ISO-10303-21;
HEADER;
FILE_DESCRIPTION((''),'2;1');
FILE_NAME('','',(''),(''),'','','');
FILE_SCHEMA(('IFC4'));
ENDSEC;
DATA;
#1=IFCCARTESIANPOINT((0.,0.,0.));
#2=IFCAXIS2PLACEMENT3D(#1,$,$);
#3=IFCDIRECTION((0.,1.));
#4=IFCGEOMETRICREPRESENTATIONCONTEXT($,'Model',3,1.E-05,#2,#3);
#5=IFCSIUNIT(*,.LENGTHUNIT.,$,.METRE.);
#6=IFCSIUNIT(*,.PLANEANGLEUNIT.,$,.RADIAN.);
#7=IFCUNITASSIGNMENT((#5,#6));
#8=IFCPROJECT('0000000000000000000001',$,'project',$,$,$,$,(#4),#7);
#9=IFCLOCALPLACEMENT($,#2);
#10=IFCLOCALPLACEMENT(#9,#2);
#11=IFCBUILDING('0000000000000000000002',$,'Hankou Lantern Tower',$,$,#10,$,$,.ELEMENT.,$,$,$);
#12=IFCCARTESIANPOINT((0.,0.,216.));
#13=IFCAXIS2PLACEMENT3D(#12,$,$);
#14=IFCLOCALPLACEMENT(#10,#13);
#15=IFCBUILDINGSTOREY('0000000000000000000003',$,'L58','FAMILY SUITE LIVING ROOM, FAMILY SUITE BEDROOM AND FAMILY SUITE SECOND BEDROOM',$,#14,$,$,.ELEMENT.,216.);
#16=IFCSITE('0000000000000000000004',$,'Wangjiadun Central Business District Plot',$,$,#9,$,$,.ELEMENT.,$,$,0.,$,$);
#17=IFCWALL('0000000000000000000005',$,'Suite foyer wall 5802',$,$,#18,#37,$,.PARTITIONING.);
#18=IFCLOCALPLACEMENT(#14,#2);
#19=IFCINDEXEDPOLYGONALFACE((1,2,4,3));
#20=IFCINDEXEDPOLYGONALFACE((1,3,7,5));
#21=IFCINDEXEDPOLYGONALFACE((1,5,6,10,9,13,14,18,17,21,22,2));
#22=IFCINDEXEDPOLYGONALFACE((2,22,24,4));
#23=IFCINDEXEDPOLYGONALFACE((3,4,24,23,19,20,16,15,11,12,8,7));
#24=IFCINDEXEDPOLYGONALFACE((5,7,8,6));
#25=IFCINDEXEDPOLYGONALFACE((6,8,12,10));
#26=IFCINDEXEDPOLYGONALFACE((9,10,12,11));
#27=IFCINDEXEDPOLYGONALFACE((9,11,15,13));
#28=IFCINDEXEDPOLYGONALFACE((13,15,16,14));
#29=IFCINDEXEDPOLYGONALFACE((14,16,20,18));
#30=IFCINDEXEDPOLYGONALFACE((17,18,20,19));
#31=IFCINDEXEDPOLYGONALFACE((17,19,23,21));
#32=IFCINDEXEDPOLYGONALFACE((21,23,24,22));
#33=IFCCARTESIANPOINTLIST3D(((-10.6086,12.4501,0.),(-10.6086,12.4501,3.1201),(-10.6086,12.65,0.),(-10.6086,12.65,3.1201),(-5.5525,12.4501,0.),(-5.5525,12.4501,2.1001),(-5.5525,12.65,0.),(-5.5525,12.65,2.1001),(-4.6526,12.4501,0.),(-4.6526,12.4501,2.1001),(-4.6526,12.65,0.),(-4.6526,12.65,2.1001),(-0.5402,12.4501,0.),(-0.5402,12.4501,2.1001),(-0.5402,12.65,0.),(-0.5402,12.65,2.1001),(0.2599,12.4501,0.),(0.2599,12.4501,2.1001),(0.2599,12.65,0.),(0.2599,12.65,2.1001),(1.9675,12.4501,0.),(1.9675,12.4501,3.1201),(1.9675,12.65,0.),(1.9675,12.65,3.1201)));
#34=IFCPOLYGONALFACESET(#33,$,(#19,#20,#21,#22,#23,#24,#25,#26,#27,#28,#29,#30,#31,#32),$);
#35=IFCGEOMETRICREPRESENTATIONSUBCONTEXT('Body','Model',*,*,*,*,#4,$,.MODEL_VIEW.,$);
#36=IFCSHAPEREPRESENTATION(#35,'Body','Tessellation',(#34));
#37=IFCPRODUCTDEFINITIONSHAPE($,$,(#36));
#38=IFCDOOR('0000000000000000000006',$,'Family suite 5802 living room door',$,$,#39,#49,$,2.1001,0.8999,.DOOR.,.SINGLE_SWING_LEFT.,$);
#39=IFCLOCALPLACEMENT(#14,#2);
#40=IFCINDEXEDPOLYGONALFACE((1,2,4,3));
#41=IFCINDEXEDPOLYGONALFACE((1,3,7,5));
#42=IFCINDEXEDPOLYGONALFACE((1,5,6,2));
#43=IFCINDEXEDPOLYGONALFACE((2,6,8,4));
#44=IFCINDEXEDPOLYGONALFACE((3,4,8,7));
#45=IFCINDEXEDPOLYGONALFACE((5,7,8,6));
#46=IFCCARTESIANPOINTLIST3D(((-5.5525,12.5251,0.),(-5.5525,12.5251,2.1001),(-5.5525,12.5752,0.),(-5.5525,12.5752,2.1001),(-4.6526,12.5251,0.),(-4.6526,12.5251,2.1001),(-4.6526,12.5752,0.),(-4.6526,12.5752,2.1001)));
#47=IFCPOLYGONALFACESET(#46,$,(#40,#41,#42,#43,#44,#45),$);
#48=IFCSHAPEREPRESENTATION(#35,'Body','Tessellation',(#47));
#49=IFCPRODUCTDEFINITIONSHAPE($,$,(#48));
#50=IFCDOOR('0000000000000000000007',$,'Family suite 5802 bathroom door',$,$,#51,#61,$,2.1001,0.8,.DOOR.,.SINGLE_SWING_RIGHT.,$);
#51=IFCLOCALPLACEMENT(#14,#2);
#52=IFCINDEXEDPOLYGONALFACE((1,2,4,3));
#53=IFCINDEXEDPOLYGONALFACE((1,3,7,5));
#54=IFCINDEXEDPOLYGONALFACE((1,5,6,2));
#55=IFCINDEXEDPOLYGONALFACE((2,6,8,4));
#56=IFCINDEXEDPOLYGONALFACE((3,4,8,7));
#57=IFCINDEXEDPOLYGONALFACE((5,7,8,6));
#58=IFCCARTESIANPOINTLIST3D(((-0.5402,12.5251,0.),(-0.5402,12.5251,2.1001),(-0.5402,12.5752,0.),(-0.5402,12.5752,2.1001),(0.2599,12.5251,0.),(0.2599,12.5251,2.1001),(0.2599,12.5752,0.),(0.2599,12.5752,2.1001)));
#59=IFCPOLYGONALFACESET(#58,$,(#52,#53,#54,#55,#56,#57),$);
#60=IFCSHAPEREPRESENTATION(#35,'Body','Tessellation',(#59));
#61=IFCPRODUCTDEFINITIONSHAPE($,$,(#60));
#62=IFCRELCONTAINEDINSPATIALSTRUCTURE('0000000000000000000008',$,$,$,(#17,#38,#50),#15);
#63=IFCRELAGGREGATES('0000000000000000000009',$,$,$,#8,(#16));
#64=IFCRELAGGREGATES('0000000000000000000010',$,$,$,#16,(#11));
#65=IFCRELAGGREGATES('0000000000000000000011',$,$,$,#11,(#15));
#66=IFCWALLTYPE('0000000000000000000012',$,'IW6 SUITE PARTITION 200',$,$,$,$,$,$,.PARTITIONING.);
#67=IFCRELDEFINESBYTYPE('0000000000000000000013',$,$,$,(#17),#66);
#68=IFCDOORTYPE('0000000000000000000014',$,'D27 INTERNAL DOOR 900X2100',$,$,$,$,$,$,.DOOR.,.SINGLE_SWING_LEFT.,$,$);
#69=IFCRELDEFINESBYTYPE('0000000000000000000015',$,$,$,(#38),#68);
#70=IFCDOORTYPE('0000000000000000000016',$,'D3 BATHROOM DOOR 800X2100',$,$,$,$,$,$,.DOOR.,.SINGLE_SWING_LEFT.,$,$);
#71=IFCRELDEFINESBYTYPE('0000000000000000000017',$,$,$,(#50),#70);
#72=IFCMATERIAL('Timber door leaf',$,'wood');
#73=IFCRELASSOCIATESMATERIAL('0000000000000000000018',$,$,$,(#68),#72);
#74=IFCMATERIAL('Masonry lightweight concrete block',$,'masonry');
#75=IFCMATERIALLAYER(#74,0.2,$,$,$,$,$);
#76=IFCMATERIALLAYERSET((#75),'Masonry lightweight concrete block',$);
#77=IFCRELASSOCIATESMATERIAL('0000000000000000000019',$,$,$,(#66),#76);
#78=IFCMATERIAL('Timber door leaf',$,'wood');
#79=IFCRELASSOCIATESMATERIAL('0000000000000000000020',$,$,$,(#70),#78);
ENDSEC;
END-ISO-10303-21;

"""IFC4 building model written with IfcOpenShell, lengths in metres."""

from ifc_helpers import new_model, si_unit, direction, frame, frame_2d, origin, place, context, subcontext, project, spatial, rectangle, extrude, material, layer, layer_set, type_object, element, fill, save


model = new_model("IFC4")

# Units and contexts
model_context = context("Model", 3, precision=1e-05, world=origin(), true_north=direction((0.0, 1.0)))
body_context = subcontext(model_context, "Body", "Model", "MODEL_VIEW")
ifc_project = project(units=[si_unit("LENGTHUNIT", "METRE"), si_unit("PLANEANGLEUNIT", "RADIAN")], contexts=[model_context])

# Site, building, storey
site_placement = place(None, origin())
site = spatial("IfcSite", under=ifc_project, at=site_placement, Name="Wangjiadun Central Business District Plot", CompositionType="ELEMENT", RefElevation=0.0)
building_placement = place(site_placement, origin())
building = spatial("IfcBuilding", under=site, at=building_placement, Name="Hankou Lantern Tower", CompositionType="ELEMENT")
storey_placement = place(building_placement, frame((0.0, 0.0, 216.0)))
storey = spatial("IfcBuildingStorey", under=building, at=storey_placement, Name="L58", Description="FAMILY SUITE LIVING ROOM, FAMILY SUITE BEDROOM AND FAMILY SUITE SECOND BEDROOM", CompositionType="ELEMENT", Elevation=216.0)

# Shared definitions
ifc_material_1 = material(Name="Timber door leaf", Category="wood")
door_type_1 = type_object("IfcDoorType", Name="D27 INTERNAL DOOR 900X2100", OperationType="SINGLE_SWING_LEFT", PredefinedType="DOOR", material=ifc_material_1)
ifc_material_2 = material(Name="Masonry lightweight concrete block", Category="masonry")
ifc_layer_1 = layer(ifc_material_2, 0.2)
ifc_layer_set_1 = layer_set([ifc_layer_1], Name="Masonry lightweight concrete block")
wall_type_1 = type_object("IfcWallType", Name="IW6 SUITE PARTITION 200", PredefinedType="PARTITIONING", material=ifc_layer_set_1)

# Wall, openings, doors
wall_1_placement = place(storey_placement, frame((1.9675, 12.55, 0.0), z_axis=(0.0, 0.0, 1.0), x_axis=(-1.0, 0.0, 0.0)))
wall_1 = element("IfcWall", 1, at=wall_1_placement, inside=storey, type_object=wall_type_1, Name="Suite foyer wall 5802", PredefinedType="PARTITIONING", context=body_context, shape_type="SweptSolid", body=[
    extrude(rectangle(XDim=12.5762, YDim=0.2, at=frame_2d((6.2881, 0.0))), origin(), (0.0, 0.0, 1.0), 3.1201),
])
opening_1_placement = place(wall_1_placement, frame((1.7078, 0.0, 0.0)))
opening_1 = element("IfcOpeningElement", 2, at=opening_1_placement, cuts=wall_1, PredefinedType="OPENING", context=body_context, shape_type="SweptSolid", body=[
    extrude(rectangle(XDim=0.8, YDim=2.1001, at=frame_2d((0.3999, 1.05))), frame((0.0, 0.1099, 0.0), z_axis=(0.0, -1.0, 0.0), x_axis=(1.0, 0.0, 0.0)), (0.0, 0.0, 1.0), 0.22),
])
opening_2_placement = place(wall_1_placement, frame((6.6201, 0.0, 0.0)))
opening_2 = element("IfcOpeningElement", 3, at=opening_2_placement, cuts=wall_1, PredefinedType="OPENING", context=body_context, shape_type="SweptSolid", body=[
    extrude(rectangle(XDim=0.8999, YDim=2.1001, at=frame_2d((0.45, 1.05))), frame((0.0, 0.1099, 0.0), z_axis=(0.0, -1.0, 0.0), x_axis=(1.0, 0.0, 0.0)), (0.0, 0.0, 1.0), 0.22),
])
door_1_placement = place(opening_2_placement, origin())
door_1 = element("IfcDoor", 4, at=door_1_placement, inside=storey, type_object=door_type_1, Name="Family suite 5802 living room door", OperationType="SINGLE_SWING_LEFT", OverallHeight=2.1001, OverallWidth=0.8999, PredefinedType="DOOR", context=body_context, shape_type="SweptSolid", body=[
    extrude(rectangle(XDim=0.8999, YDim=2.1001, at=frame_2d((0.45, 1.05))), frame((0.0, 0.0249, 0.0), z_axis=(0.0, -1.0, 0.0), x_axis=(1.0, 0.0, 0.0)), (0.0, 0.0, 1.0), 0.05),
])
fill(opening_2, door_1)
ifc_material_3 = material(Name="Timber door leaf", Category="wood")
door_type_2 = type_object("IfcDoorType", Name="D3 BATHROOM DOOR 800X2100", OperationType="SINGLE_SWING_LEFT", PredefinedType="DOOR", material=ifc_material_3)
door_2_placement = place(opening_1_placement, origin())
door_2 = element("IfcDoor", 5, at=door_2_placement, inside=storey, type_object=door_type_2, Name="Family suite 5802 bathroom door", OperationType="SINGLE_SWING_RIGHT", OverallHeight=2.1001, OverallWidth=0.8, PredefinedType="DOOR", context=body_context, shape_type="SweptSolid", body=[
    extrude(rectangle(XDim=0.8, YDim=2.1001, at=frame_2d((0.3999, 1.05))), frame((0.0, 0.0249, 0.0), z_axis=(0.0, -1.0, 0.0), x_axis=(1.0, 0.0, 0.0)), (0.0, 0.0, 1.0), 0.05),
])
fill(opening_1, door_2)

save(model, "model.ifc")
